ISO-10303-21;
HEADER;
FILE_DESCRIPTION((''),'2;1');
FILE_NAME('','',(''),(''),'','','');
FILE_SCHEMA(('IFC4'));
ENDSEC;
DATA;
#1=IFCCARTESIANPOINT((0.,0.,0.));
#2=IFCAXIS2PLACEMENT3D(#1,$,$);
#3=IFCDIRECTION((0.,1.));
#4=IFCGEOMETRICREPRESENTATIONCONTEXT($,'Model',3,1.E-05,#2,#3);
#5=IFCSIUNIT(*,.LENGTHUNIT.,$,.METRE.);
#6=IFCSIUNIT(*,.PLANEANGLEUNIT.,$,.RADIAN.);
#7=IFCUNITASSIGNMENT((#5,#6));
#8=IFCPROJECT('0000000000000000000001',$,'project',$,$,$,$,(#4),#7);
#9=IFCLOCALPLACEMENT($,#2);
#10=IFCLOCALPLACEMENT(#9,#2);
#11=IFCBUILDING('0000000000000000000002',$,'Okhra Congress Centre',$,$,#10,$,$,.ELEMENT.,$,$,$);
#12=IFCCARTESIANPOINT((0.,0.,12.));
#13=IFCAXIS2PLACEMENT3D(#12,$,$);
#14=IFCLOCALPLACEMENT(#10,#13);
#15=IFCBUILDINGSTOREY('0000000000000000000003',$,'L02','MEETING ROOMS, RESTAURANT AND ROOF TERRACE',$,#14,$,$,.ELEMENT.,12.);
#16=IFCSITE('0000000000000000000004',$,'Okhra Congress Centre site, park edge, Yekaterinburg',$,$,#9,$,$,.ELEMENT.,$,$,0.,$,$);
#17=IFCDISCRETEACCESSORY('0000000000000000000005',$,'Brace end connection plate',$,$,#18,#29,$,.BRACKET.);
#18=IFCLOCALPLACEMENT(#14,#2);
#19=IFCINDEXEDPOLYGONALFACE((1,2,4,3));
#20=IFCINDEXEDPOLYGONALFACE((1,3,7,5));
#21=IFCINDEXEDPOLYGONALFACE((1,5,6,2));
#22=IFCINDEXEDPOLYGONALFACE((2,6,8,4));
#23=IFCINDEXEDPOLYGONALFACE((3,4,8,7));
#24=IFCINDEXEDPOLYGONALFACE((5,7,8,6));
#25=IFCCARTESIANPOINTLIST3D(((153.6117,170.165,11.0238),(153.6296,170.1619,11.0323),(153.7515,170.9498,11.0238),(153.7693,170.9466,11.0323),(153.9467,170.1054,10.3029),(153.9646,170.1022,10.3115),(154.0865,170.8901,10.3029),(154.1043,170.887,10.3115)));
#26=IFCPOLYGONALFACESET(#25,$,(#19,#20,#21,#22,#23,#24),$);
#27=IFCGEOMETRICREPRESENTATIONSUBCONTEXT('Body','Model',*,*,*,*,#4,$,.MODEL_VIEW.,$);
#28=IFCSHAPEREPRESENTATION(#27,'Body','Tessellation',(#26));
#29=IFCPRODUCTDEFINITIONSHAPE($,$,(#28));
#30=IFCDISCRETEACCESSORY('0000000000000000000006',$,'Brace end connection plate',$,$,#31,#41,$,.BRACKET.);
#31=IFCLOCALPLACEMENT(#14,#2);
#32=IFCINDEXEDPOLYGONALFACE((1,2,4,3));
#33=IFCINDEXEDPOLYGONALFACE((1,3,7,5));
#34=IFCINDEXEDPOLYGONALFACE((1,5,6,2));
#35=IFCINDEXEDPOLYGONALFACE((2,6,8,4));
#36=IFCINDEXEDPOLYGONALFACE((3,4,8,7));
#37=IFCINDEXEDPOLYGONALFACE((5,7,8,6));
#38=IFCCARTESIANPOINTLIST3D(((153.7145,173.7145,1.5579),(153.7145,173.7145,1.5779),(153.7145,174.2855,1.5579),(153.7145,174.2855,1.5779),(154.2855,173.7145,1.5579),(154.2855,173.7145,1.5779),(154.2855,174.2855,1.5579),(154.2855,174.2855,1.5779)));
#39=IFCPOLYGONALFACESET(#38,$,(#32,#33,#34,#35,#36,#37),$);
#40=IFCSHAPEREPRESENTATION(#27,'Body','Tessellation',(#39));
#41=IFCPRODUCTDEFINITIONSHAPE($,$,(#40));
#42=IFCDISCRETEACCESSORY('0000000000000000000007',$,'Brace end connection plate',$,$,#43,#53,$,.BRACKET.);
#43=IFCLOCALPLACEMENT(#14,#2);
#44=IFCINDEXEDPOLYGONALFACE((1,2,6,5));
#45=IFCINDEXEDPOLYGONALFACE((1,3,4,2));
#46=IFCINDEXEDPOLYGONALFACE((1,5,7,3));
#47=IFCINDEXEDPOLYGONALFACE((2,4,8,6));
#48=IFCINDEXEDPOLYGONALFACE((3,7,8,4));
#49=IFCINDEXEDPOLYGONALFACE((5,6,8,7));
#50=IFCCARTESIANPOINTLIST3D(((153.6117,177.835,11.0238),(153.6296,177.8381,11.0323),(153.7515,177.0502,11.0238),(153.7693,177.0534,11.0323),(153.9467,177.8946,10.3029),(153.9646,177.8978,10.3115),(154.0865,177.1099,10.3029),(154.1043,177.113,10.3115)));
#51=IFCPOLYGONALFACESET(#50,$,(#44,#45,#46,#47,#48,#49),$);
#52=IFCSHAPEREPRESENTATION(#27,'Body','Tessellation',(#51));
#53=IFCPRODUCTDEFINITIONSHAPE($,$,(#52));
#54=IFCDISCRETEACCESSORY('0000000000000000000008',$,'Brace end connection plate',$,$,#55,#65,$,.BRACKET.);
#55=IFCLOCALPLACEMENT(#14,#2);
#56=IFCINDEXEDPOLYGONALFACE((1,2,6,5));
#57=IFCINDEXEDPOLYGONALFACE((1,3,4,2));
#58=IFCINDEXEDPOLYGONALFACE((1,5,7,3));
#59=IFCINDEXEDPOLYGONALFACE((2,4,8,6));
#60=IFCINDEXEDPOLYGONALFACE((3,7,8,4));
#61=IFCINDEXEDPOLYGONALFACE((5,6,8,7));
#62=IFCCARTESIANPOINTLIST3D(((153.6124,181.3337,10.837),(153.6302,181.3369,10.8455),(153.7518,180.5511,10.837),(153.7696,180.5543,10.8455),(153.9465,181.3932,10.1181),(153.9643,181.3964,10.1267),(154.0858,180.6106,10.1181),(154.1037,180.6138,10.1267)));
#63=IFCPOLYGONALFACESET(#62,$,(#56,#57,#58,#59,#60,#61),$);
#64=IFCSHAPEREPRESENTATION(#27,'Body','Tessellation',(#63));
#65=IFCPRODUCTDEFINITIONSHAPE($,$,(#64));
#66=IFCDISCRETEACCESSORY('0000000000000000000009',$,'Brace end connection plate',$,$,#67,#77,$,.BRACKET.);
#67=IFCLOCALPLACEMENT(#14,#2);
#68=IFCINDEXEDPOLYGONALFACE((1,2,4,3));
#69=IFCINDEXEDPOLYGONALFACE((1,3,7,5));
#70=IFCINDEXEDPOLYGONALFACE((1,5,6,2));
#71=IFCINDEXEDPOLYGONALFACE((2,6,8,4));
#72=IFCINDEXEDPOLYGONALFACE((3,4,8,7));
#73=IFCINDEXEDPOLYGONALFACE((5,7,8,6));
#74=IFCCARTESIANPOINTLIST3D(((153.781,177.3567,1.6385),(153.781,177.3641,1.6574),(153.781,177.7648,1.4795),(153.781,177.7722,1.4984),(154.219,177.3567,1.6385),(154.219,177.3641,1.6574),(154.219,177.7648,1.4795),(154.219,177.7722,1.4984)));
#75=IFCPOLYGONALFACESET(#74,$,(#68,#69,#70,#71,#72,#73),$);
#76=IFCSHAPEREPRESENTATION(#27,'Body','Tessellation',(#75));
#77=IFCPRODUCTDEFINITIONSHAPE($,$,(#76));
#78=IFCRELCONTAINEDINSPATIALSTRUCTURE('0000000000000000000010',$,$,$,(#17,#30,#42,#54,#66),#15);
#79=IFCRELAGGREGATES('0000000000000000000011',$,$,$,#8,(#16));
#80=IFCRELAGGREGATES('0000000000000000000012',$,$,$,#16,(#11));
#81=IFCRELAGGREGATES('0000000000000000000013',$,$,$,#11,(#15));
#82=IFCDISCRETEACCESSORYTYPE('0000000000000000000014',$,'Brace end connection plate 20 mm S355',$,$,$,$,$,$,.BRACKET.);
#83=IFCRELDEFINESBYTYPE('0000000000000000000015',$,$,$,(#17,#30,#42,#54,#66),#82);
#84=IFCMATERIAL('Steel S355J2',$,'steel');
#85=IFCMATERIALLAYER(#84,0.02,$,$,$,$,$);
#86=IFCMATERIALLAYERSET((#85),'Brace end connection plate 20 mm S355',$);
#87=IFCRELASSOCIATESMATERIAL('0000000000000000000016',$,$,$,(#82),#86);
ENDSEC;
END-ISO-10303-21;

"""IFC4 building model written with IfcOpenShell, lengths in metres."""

from ifc_helpers import new_model, si_unit, direction, frame, origin, origin_2d, place, context, subcontext, project, spatial, rectangle, extrude, material, layer, layer_set, type_object, element, save


model = new_model("IFC4")

# Units and contexts
model_context = context("Model", 3, precision=1e-05, world=origin(), true_north=direction((0.0, 1.0)))
body_context = subcontext(model_context, "Body", "Model", "MODEL_VIEW")
ifc_project = project(units=[si_unit("LENGTHUNIT", "METRE"), si_unit("PLANEANGLEUNIT", "RADIAN")], contexts=[model_context])

# Site, building, storey
site_placement = place(None, origin())
site = spatial("IfcSite", under=ifc_project, at=site_placement, Name="Okhra Congress Centre site, park edge, Yekaterinburg", CompositionType="ELEMENT", RefElevation=0.0)
building_placement = place(site_placement, origin())
building = spatial("IfcBuilding", under=site, at=building_placement, Name="Okhra Congress Centre", CompositionType="ELEMENT")
storey_placement = place(building_placement, frame((0.0, 0.0, 12.0)))
storey = spatial("IfcBuildingStorey", under=building, at=storey_placement, Name="L02", Description="MEETING ROOMS, RESTAURANT AND ROOF TERRACE", CompositionType="ELEMENT", Elevation=12.0)

# Shared definitions
ifc_material_1 = material(Name="Steel S355J2", Category="steel")

# Discrete accessories
ifc_layer_1 = layer(ifc_material_1, 0.02)
ifc_layer_set_1 = layer_set([ifc_layer_1], Name="Brace end connection plate 20 mm S355")
discrete_accessory_type = type_object("IfcDiscreteAccessoryType", Name="Brace end connection plate 20 mm S355", PredefinedType="BRACKET", material=ifc_layer_set_1)
discrete_accessory_1_placement = place(storey_placement, frame((153.8491, 170.5276, 10.6633), z_axis=(0.89031, -0.158548, 0.426861), x_axis=(0.175324, 0.984511, 0.0)))
element("IfcDiscreteAccessory", 1, at=discrete_accessory_1_placement, inside=storey, type_object=discrete_accessory_type, Name="Brace end connection plate", PredefinedType="BRACKET", context=body_context, shape_type="SweptSolid", body=[
    extrude(rectangle(XDim=0.7971, YDim=0.7971, at=origin_2d()), origin(), (0.0, 0.0, 1.0), 0.02),
])
discrete_accessory_2_placement = place(storey_placement, frame((154.0, 174.0, 1.5779), z_axis=(0.0, 0.0, -1.0), x_axis=(1.0, 0.0, 0.0)))
element("IfcDiscreteAccessory", 2, at=discrete_accessory_2_placement, inside=storey, type_object=discrete_accessory_type, Name="Brace end connection plate", PredefinedType="BRACKET", context=body_context, shape_type="SweptSolid", body=[
    extrude(rectangle(XDim=0.571, YDim=0.571, at=origin_2d()), origin(), (0.0, 0.0, 1.0), 0.02),
])
discrete_accessory_3_placement = place(storey_placement, frame((153.8491, 177.4724, 10.6633), z_axis=(0.89031, 0.158548, 0.426861), x_axis=(-0.175324, 0.984511, 0.0)))
element("IfcDiscreteAccessory", 3, at=discrete_accessory_3_placement, inside=storey, type_object=discrete_accessory_type, Name="Brace end connection plate", PredefinedType="BRACKET", context=body_context, shape_type="SweptSolid", body=[
    extrude(rectangle(XDim=0.7971, YDim=0.7971, at=origin_2d()), origin(), (0.0, 0.0, 1.0), 0.02),
])
discrete_accessory_4_placement = place(storey_placement, frame((153.8491, 180.9722, 10.4775), z_axis=(0.89031, 0.158548, 0.426861), x_axis=(-0.175324, 0.984511, 0.0)))
element("IfcDiscreteAccessory", 4, at=discrete_accessory_4_placement, inside=storey, type_object=discrete_accessory_type, Name="Brace end connection plate", PredefinedType="BRACKET", context=body_context, shape_type="SweptSolid", body=[
    extrude(rectangle(XDim=0.7949, YDim=0.7949, at=origin_2d()), origin(), (0.0, 0.0, 1.0), 0.02),
])
discrete_accessory_5_placement = place(storey_placement, frame((154.0, 177.5681, 1.5779), z_axis=(0.0, -0.36303, -0.931777), x_axis=(1.0, 0.0, 0.0)))
element("IfcDiscreteAccessory", 5, at=discrete_accessory_5_placement, inside=storey, type_object=discrete_accessory_type, Name="Brace end connection plate", PredefinedType="BRACKET", context=body_context, shape_type="SweptSolid", body=[
    extrude(rectangle(XDim=0.438, YDim=0.438, at=origin_2d()), origin(), (0.0, 0.0, 1.0), 0.0203),
])

save(model, "model.ifc")
